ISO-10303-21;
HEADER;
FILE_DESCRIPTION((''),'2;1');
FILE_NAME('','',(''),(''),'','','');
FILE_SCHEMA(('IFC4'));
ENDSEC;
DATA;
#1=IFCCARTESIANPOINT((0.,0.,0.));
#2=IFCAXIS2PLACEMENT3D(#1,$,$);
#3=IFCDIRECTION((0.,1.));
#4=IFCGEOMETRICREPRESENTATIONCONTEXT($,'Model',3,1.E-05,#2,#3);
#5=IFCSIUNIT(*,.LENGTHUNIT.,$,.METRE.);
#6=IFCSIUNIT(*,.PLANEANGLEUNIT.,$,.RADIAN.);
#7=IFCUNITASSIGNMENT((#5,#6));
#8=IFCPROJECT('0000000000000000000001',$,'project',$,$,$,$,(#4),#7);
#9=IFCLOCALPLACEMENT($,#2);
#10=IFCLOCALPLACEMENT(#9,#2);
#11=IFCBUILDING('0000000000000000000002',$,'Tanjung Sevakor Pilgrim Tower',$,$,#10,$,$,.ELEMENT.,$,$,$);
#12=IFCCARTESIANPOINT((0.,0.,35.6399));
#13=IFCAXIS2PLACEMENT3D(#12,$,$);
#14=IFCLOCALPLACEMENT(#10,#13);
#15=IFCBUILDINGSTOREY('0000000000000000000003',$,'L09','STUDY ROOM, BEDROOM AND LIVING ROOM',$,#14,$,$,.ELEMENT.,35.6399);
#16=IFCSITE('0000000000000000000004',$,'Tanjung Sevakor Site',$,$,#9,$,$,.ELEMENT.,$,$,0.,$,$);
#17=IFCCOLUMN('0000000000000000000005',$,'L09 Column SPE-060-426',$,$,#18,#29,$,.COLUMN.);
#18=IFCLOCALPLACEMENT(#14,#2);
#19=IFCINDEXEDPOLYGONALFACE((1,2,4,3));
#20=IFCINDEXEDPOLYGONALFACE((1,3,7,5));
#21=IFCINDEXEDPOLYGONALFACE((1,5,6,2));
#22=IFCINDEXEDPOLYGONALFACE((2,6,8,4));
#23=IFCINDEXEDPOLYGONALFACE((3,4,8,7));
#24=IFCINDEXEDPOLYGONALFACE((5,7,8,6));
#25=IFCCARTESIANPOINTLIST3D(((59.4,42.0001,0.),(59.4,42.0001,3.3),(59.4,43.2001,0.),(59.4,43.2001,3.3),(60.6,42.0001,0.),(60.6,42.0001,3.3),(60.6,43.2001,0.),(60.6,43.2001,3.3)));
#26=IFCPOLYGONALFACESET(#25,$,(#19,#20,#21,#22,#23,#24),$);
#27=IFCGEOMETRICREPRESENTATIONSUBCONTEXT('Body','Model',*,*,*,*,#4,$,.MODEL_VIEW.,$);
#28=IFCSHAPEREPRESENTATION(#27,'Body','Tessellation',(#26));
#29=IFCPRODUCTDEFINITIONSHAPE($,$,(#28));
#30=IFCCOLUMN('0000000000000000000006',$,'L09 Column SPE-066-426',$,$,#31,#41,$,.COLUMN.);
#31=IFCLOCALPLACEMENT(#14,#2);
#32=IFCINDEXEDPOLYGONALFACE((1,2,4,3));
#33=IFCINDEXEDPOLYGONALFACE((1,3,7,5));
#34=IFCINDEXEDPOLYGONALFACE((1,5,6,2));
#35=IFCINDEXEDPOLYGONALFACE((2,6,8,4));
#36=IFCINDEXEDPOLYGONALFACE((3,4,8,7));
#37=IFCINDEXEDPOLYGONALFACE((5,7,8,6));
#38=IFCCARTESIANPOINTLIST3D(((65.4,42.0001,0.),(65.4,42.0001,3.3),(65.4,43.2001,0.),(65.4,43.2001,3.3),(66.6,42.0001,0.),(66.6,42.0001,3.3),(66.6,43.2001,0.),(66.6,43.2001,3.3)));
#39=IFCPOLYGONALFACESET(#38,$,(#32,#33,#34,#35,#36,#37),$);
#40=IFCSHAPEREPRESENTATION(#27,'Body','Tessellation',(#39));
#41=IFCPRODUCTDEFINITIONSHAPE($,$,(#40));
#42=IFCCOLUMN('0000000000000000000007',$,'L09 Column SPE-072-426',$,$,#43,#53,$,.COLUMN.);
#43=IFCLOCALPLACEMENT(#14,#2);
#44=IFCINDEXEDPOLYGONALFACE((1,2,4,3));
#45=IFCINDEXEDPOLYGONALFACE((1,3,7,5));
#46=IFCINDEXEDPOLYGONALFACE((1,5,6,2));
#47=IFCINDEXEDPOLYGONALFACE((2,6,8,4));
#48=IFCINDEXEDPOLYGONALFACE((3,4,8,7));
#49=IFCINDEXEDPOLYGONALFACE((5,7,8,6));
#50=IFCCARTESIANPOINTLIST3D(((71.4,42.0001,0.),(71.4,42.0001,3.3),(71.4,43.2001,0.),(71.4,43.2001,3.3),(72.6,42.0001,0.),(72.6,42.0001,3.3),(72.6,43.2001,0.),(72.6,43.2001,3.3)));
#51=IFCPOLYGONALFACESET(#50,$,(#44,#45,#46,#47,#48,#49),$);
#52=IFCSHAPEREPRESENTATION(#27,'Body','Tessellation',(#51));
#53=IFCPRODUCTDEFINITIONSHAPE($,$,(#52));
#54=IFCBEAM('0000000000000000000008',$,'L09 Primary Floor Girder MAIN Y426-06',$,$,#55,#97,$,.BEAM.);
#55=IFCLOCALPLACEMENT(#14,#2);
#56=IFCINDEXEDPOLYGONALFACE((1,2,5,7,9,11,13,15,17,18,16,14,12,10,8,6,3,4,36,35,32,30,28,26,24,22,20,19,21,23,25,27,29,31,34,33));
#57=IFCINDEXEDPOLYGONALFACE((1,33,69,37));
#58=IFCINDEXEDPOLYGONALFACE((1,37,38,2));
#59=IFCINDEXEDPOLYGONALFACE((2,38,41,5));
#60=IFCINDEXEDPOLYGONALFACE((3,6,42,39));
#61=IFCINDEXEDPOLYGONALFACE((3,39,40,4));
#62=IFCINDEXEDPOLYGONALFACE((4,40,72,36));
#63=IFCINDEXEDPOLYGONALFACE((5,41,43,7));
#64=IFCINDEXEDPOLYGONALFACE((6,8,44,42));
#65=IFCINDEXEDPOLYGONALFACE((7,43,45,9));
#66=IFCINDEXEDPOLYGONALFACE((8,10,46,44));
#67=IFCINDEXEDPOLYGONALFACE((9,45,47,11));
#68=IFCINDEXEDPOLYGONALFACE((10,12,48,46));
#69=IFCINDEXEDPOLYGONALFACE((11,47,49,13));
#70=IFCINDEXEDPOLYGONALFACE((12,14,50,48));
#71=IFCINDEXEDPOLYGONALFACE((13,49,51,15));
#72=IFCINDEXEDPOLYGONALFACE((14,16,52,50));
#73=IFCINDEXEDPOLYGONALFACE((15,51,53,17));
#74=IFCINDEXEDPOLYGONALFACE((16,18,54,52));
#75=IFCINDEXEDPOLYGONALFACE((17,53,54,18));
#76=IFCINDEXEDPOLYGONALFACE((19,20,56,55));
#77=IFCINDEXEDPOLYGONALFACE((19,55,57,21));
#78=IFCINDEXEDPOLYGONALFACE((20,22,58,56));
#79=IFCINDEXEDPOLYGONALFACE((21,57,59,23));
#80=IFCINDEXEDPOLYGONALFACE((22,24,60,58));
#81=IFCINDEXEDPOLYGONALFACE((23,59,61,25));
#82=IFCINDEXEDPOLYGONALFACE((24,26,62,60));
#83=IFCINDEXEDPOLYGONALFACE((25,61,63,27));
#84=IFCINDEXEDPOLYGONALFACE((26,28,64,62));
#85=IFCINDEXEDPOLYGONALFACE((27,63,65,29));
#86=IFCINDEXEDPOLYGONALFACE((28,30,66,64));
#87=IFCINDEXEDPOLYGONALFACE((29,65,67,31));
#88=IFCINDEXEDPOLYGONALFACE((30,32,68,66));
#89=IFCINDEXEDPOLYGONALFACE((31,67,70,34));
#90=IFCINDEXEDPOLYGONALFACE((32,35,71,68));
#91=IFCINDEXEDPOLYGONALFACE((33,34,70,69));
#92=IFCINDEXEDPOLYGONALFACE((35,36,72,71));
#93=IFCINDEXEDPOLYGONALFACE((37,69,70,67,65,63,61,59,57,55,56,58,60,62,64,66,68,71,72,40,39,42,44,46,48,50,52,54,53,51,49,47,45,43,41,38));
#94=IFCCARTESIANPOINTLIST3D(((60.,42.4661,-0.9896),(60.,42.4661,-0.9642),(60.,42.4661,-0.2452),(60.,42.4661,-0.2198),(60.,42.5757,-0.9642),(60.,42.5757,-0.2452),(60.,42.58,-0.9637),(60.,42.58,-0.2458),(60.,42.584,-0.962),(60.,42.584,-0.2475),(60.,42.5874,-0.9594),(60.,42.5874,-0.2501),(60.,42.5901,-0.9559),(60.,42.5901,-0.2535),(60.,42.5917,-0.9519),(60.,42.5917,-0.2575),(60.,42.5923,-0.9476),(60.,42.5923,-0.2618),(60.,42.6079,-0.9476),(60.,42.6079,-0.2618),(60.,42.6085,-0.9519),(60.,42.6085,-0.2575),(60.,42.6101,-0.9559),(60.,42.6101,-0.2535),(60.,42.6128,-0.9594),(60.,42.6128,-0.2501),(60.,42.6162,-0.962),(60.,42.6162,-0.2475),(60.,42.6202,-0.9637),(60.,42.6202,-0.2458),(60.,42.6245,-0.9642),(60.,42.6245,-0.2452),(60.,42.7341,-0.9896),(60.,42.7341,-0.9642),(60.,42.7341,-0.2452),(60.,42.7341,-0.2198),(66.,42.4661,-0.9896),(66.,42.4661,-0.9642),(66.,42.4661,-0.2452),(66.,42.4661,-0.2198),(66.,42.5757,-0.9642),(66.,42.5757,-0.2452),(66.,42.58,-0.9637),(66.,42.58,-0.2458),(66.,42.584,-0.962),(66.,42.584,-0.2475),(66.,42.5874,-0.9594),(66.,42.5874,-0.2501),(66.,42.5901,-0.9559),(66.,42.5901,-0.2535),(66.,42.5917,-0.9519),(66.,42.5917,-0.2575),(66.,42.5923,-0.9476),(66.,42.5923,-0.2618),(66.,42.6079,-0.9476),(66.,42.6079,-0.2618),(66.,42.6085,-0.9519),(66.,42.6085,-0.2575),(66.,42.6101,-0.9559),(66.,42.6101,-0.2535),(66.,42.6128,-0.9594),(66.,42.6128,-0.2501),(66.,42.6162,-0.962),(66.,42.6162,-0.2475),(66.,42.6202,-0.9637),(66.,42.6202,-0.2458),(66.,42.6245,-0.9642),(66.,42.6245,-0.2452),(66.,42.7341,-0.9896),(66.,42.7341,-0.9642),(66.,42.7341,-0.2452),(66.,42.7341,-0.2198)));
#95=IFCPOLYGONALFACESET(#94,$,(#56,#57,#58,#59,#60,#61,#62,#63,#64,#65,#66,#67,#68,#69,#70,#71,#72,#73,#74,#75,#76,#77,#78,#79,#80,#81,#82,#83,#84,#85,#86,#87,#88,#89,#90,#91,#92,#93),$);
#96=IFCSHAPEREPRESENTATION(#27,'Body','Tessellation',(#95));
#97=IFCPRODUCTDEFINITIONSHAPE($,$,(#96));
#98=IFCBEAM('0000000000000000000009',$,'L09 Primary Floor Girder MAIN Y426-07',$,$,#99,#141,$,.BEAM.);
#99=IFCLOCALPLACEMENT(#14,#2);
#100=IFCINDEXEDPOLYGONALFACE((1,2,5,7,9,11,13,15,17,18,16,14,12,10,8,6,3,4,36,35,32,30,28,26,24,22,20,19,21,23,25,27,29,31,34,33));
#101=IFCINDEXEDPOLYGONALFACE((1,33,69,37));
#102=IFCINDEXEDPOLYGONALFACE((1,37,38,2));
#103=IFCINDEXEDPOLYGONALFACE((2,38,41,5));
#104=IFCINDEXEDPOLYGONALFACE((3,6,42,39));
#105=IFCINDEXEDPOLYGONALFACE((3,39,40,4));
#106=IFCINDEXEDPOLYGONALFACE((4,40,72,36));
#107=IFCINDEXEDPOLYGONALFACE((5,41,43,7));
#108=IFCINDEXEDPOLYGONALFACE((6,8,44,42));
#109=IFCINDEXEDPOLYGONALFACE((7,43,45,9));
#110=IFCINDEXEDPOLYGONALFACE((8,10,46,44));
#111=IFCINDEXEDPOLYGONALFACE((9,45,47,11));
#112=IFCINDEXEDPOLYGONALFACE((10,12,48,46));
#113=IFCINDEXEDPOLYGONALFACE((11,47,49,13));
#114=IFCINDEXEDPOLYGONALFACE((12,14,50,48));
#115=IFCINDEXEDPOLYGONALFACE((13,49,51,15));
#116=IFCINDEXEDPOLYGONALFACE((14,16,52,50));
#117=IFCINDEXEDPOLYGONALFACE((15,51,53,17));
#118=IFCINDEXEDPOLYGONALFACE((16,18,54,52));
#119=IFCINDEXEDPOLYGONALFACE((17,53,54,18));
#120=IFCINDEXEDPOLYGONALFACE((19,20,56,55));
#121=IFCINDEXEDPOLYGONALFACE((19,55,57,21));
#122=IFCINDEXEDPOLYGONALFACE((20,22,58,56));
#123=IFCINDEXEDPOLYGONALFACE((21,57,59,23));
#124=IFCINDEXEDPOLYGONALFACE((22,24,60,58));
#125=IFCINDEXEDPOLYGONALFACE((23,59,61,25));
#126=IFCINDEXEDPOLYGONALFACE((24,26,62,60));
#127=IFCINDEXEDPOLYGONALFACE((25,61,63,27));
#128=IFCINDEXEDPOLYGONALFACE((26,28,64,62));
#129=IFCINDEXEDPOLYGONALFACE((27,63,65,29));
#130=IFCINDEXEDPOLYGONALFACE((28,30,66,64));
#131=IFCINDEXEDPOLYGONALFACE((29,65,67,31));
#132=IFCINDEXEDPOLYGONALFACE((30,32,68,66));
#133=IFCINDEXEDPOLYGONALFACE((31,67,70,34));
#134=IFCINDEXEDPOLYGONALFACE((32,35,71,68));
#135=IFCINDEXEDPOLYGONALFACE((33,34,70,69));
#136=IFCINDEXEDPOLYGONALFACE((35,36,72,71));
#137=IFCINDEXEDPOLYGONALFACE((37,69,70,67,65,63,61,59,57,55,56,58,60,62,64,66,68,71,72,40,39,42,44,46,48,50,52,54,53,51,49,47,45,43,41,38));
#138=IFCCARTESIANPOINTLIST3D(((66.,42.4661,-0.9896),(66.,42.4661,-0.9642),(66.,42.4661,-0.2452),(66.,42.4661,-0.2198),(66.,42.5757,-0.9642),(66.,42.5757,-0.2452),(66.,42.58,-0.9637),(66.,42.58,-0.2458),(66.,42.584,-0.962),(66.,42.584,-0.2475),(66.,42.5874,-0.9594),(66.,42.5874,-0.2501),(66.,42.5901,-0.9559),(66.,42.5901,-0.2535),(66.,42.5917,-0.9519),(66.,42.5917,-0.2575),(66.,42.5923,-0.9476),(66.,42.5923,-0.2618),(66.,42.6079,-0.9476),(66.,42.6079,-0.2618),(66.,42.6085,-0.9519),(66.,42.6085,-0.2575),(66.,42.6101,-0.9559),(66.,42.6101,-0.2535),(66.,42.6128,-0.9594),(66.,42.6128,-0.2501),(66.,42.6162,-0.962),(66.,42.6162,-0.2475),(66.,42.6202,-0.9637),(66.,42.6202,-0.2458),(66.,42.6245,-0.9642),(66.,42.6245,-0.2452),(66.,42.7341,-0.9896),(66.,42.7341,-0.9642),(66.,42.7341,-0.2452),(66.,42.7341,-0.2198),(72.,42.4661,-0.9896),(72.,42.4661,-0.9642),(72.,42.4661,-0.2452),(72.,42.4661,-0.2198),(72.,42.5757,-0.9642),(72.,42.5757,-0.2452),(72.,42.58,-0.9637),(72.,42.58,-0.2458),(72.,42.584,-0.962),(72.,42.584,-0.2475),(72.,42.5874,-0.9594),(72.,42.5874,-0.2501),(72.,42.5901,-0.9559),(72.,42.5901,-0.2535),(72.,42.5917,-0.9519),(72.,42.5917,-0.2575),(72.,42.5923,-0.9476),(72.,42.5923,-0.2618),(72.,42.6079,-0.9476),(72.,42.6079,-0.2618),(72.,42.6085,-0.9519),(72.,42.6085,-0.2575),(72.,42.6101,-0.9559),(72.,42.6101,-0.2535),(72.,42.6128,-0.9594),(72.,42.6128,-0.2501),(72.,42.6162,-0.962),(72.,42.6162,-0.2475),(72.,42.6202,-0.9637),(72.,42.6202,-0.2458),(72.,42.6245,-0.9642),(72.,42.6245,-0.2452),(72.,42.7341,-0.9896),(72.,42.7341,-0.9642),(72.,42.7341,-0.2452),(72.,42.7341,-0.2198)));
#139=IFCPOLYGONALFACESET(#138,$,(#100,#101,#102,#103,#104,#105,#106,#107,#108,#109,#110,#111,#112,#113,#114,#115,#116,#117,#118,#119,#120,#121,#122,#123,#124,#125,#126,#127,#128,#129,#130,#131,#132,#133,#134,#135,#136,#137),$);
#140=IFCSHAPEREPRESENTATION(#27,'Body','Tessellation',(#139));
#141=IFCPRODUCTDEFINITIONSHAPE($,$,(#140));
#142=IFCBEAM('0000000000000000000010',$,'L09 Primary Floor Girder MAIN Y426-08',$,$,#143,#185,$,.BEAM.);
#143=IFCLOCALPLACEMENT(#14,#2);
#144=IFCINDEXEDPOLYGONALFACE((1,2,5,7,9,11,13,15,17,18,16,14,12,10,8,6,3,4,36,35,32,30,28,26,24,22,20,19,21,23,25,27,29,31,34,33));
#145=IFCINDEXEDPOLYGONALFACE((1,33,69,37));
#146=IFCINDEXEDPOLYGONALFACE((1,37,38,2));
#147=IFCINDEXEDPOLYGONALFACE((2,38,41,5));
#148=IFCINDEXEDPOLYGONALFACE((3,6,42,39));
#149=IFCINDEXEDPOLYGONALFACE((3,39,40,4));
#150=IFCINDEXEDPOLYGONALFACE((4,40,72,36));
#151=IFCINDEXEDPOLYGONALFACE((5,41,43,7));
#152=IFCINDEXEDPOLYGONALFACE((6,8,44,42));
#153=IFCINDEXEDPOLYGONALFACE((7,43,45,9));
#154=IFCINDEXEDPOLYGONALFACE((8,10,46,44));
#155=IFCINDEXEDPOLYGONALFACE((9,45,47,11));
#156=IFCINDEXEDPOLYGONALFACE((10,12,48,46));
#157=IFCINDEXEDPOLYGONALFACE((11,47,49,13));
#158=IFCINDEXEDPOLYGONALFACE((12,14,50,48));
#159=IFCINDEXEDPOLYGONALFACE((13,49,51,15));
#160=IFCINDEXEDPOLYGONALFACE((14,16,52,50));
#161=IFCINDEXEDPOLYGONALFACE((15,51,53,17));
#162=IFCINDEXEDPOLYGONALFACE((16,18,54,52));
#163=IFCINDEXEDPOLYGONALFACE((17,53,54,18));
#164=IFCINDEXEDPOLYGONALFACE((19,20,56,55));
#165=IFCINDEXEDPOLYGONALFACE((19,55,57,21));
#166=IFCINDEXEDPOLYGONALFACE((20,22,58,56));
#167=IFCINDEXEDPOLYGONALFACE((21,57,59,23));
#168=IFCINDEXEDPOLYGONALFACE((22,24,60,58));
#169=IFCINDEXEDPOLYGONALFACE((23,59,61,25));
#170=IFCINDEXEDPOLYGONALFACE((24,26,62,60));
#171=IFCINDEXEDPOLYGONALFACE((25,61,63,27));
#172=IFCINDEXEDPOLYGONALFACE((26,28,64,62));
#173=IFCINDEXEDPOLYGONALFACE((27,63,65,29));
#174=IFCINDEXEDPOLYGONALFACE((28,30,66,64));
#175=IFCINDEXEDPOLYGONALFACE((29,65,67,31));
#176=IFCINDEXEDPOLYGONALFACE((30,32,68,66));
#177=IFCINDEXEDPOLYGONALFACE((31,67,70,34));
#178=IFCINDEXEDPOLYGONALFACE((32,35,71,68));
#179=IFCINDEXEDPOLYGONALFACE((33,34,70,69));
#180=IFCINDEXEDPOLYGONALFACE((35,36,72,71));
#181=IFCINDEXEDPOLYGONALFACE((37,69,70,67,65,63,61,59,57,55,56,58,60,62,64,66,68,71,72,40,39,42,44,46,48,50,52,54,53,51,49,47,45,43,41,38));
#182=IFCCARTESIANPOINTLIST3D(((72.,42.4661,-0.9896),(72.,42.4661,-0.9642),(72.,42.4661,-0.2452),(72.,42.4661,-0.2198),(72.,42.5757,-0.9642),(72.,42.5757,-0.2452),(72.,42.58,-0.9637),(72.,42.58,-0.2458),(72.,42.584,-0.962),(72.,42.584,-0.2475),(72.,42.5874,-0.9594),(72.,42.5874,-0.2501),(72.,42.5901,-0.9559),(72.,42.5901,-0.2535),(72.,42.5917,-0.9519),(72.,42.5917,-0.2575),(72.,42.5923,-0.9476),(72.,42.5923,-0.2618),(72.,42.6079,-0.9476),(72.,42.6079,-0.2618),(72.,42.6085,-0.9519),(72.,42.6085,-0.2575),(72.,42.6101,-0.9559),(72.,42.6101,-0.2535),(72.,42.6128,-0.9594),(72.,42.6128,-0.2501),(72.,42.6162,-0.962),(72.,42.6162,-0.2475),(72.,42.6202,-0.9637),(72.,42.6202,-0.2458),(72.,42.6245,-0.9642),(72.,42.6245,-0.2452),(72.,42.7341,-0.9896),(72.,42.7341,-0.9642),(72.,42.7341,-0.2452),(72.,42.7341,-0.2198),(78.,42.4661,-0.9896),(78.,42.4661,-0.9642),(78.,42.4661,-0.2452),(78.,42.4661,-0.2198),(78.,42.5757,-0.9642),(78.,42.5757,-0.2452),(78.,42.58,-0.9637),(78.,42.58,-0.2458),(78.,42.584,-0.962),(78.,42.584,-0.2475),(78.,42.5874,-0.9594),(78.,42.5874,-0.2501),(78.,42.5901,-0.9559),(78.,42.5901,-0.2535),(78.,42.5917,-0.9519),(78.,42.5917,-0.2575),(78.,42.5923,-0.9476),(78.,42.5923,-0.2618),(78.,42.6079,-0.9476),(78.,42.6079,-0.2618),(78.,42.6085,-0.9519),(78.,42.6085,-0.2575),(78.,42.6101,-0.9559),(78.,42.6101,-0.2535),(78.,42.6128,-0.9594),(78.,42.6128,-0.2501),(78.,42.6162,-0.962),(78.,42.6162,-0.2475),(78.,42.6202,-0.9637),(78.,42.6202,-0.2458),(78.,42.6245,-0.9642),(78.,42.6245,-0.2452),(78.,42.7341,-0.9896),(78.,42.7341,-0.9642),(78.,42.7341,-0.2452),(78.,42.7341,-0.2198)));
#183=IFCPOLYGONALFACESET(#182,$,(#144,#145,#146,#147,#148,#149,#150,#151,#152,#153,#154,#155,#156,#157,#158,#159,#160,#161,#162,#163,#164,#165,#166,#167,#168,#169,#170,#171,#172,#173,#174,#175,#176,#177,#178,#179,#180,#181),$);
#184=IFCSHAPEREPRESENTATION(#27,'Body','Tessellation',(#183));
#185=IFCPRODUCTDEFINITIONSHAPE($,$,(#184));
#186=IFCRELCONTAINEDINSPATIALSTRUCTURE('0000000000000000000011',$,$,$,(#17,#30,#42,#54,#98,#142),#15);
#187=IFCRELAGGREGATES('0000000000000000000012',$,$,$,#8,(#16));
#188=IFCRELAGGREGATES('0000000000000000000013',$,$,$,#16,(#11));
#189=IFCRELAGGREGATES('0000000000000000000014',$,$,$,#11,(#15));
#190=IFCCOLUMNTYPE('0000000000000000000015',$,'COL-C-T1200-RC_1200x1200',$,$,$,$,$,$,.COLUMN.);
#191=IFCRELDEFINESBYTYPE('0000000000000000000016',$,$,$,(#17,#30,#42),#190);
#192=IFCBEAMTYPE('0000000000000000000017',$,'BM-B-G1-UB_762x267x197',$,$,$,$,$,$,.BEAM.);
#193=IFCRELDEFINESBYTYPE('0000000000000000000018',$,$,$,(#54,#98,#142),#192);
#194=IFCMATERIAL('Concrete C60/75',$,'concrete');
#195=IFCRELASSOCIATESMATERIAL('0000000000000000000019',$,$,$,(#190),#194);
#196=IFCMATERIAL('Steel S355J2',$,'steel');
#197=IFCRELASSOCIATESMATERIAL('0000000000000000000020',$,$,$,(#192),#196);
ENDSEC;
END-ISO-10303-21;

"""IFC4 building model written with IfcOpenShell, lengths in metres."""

from ifc_helpers import new_model, si_unit, direction, frame, origin, origin_2d, place, context, subcontext, project, spatial, rectangle, i_section, extrude, material, material_profile, profile_set, type_object, element, save


model = new_model("IFC4")

# Units and contexts
model_context = context("Model", 3, precision=1e-05, world=origin(), true_north=direction((0.0, 1.0)))
body_context = subcontext(model_context, "Body", "Model", "MODEL_VIEW")
ifc_project = project(units=[si_unit("LENGTHUNIT", "METRE"), si_unit("PLANEANGLEUNIT", "RADIAN")], contexts=[model_context])

# Site, building, storey
site_placement = place(None, origin())
site = spatial("IfcSite", under=ifc_project, at=site_placement, Name="Tanjung Sevakor Site", CompositionType="ELEMENT", RefElevation=0.0)
building_placement = place(site_placement, origin())
building = spatial("IfcBuilding", under=site, at=building_placement, Name="Tanjung Sevakor Pilgrim Tower", CompositionType="ELEMENT")
storey_placement = place(building_placement, frame((0.0, 0.0, 35.6399)))
storey = spatial("IfcBuildingStorey", under=building, at=storey_placement, Name="L09", Description="STUDY ROOM, BEDROOM AND LIVING ROOM", CompositionType="ELEMENT", Elevation=35.6399)

# Columns
ifc_material_1 = material(Name="Concrete C60/75", Category="concrete")
ifc_material_profile_1 = material_profile(ifc_material_1, rectangle(XDim=1.2, YDim=1.2, at=origin_2d()))
ifc_profile_set_1 = profile_set([ifc_material_profile_1], Name="Concrete C60/75")
column_type = type_object("IfcColumnType", Name="COL-C-T1200-RC_1200x1200", PredefinedType="COLUMN", material=ifc_profile_set_1)
for number, where, z_axis, x_axis, name in (
    (1, (60.0, 42.6001, 0.0), (0.0, 0.0, 1.0), (1.0, 0.0, 0.0), "L09 Column SPE-060-426"),
    (2, (66.0, 42.6001, 0.0), (0.0, 0.0, 1.0), (1.0, 0.0, 0.0), "L09 Column SPE-066-426"),
    (3, (72.0, 42.6001, 0.0), (0.0, 0.0, 1.0), (1.0, 0.0, 0.0), "L09 Column SPE-072-426"),
):
    element("IfcColumn", number, at=place(storey_placement, frame(where, z_axis=z_axis, x_axis=x_axis)), inside=storey, type_object=column_type, Name=name, PredefinedType="COLUMN", context=body_context, shape_type="SweptSolid", body=[
        extrude(rectangle(XDim=1.2, YDim=1.2, at=origin_2d()), origin(), (0.0, 0.0, 1.0), 3.3),
    ])

# Beams
ifc_material_2 = material(Name="Steel S355J2", Category="steel")
ifc_material_profile_2 = material_profile(ifc_material_2, i_section(OverallWidth=0.2681, OverallDepth=0.7698, WebThickness=0.0156, FlangeThickness=0.0254, FilletRadius=0.0166, at=origin_2d()))
ifc_profile_set_2 = profile_set([ifc_material_profile_2], Name="Steel S355J2")
beam_type_1 = type_object("IfcBeamType", Name="BM-B-G1-UB_762x267x197", PredefinedType="BEAM", material=ifc_profile_set_2)
for number, where, z_axis, x_axis, name in (
    (4, (60.0, 42.6001, -0.6047), (1.0, 0.0, 0.0), (0.0, 1.0, 0.0), "L09 Primary Floor Girder MAIN Y426-06"),
    (5, (66.0, 42.6001, -0.6047), (1.0, 0.0, 0.0), (0.0, 1.0, 0.0), "L09 Primary Floor Girder MAIN Y426-07"),
    (6, (72.0, 42.6001, -0.6047), (1.0, 0.0, 0.0), (0.0, 1.0, 0.0), "L09 Primary Floor Girder MAIN Y426-08"),
):
    element("IfcBeam", number, at=place(storey_placement, frame(where, z_axis=z_axis, x_axis=x_axis)), inside=storey, type_object=beam_type_1, Name=name, PredefinedType="BEAM", context=body_context, shape_type="SweptSolid", body=[
        extrude(i_section(OverallWidth=0.2681, OverallDepth=0.7698, WebThickness=0.0156, FlangeThickness=0.0254, FilletRadius=0.0166, at=origin_2d()), origin(), (0.0, 0.0, 1.0), 6.0),
    ])

save(model, "model.ifc")
